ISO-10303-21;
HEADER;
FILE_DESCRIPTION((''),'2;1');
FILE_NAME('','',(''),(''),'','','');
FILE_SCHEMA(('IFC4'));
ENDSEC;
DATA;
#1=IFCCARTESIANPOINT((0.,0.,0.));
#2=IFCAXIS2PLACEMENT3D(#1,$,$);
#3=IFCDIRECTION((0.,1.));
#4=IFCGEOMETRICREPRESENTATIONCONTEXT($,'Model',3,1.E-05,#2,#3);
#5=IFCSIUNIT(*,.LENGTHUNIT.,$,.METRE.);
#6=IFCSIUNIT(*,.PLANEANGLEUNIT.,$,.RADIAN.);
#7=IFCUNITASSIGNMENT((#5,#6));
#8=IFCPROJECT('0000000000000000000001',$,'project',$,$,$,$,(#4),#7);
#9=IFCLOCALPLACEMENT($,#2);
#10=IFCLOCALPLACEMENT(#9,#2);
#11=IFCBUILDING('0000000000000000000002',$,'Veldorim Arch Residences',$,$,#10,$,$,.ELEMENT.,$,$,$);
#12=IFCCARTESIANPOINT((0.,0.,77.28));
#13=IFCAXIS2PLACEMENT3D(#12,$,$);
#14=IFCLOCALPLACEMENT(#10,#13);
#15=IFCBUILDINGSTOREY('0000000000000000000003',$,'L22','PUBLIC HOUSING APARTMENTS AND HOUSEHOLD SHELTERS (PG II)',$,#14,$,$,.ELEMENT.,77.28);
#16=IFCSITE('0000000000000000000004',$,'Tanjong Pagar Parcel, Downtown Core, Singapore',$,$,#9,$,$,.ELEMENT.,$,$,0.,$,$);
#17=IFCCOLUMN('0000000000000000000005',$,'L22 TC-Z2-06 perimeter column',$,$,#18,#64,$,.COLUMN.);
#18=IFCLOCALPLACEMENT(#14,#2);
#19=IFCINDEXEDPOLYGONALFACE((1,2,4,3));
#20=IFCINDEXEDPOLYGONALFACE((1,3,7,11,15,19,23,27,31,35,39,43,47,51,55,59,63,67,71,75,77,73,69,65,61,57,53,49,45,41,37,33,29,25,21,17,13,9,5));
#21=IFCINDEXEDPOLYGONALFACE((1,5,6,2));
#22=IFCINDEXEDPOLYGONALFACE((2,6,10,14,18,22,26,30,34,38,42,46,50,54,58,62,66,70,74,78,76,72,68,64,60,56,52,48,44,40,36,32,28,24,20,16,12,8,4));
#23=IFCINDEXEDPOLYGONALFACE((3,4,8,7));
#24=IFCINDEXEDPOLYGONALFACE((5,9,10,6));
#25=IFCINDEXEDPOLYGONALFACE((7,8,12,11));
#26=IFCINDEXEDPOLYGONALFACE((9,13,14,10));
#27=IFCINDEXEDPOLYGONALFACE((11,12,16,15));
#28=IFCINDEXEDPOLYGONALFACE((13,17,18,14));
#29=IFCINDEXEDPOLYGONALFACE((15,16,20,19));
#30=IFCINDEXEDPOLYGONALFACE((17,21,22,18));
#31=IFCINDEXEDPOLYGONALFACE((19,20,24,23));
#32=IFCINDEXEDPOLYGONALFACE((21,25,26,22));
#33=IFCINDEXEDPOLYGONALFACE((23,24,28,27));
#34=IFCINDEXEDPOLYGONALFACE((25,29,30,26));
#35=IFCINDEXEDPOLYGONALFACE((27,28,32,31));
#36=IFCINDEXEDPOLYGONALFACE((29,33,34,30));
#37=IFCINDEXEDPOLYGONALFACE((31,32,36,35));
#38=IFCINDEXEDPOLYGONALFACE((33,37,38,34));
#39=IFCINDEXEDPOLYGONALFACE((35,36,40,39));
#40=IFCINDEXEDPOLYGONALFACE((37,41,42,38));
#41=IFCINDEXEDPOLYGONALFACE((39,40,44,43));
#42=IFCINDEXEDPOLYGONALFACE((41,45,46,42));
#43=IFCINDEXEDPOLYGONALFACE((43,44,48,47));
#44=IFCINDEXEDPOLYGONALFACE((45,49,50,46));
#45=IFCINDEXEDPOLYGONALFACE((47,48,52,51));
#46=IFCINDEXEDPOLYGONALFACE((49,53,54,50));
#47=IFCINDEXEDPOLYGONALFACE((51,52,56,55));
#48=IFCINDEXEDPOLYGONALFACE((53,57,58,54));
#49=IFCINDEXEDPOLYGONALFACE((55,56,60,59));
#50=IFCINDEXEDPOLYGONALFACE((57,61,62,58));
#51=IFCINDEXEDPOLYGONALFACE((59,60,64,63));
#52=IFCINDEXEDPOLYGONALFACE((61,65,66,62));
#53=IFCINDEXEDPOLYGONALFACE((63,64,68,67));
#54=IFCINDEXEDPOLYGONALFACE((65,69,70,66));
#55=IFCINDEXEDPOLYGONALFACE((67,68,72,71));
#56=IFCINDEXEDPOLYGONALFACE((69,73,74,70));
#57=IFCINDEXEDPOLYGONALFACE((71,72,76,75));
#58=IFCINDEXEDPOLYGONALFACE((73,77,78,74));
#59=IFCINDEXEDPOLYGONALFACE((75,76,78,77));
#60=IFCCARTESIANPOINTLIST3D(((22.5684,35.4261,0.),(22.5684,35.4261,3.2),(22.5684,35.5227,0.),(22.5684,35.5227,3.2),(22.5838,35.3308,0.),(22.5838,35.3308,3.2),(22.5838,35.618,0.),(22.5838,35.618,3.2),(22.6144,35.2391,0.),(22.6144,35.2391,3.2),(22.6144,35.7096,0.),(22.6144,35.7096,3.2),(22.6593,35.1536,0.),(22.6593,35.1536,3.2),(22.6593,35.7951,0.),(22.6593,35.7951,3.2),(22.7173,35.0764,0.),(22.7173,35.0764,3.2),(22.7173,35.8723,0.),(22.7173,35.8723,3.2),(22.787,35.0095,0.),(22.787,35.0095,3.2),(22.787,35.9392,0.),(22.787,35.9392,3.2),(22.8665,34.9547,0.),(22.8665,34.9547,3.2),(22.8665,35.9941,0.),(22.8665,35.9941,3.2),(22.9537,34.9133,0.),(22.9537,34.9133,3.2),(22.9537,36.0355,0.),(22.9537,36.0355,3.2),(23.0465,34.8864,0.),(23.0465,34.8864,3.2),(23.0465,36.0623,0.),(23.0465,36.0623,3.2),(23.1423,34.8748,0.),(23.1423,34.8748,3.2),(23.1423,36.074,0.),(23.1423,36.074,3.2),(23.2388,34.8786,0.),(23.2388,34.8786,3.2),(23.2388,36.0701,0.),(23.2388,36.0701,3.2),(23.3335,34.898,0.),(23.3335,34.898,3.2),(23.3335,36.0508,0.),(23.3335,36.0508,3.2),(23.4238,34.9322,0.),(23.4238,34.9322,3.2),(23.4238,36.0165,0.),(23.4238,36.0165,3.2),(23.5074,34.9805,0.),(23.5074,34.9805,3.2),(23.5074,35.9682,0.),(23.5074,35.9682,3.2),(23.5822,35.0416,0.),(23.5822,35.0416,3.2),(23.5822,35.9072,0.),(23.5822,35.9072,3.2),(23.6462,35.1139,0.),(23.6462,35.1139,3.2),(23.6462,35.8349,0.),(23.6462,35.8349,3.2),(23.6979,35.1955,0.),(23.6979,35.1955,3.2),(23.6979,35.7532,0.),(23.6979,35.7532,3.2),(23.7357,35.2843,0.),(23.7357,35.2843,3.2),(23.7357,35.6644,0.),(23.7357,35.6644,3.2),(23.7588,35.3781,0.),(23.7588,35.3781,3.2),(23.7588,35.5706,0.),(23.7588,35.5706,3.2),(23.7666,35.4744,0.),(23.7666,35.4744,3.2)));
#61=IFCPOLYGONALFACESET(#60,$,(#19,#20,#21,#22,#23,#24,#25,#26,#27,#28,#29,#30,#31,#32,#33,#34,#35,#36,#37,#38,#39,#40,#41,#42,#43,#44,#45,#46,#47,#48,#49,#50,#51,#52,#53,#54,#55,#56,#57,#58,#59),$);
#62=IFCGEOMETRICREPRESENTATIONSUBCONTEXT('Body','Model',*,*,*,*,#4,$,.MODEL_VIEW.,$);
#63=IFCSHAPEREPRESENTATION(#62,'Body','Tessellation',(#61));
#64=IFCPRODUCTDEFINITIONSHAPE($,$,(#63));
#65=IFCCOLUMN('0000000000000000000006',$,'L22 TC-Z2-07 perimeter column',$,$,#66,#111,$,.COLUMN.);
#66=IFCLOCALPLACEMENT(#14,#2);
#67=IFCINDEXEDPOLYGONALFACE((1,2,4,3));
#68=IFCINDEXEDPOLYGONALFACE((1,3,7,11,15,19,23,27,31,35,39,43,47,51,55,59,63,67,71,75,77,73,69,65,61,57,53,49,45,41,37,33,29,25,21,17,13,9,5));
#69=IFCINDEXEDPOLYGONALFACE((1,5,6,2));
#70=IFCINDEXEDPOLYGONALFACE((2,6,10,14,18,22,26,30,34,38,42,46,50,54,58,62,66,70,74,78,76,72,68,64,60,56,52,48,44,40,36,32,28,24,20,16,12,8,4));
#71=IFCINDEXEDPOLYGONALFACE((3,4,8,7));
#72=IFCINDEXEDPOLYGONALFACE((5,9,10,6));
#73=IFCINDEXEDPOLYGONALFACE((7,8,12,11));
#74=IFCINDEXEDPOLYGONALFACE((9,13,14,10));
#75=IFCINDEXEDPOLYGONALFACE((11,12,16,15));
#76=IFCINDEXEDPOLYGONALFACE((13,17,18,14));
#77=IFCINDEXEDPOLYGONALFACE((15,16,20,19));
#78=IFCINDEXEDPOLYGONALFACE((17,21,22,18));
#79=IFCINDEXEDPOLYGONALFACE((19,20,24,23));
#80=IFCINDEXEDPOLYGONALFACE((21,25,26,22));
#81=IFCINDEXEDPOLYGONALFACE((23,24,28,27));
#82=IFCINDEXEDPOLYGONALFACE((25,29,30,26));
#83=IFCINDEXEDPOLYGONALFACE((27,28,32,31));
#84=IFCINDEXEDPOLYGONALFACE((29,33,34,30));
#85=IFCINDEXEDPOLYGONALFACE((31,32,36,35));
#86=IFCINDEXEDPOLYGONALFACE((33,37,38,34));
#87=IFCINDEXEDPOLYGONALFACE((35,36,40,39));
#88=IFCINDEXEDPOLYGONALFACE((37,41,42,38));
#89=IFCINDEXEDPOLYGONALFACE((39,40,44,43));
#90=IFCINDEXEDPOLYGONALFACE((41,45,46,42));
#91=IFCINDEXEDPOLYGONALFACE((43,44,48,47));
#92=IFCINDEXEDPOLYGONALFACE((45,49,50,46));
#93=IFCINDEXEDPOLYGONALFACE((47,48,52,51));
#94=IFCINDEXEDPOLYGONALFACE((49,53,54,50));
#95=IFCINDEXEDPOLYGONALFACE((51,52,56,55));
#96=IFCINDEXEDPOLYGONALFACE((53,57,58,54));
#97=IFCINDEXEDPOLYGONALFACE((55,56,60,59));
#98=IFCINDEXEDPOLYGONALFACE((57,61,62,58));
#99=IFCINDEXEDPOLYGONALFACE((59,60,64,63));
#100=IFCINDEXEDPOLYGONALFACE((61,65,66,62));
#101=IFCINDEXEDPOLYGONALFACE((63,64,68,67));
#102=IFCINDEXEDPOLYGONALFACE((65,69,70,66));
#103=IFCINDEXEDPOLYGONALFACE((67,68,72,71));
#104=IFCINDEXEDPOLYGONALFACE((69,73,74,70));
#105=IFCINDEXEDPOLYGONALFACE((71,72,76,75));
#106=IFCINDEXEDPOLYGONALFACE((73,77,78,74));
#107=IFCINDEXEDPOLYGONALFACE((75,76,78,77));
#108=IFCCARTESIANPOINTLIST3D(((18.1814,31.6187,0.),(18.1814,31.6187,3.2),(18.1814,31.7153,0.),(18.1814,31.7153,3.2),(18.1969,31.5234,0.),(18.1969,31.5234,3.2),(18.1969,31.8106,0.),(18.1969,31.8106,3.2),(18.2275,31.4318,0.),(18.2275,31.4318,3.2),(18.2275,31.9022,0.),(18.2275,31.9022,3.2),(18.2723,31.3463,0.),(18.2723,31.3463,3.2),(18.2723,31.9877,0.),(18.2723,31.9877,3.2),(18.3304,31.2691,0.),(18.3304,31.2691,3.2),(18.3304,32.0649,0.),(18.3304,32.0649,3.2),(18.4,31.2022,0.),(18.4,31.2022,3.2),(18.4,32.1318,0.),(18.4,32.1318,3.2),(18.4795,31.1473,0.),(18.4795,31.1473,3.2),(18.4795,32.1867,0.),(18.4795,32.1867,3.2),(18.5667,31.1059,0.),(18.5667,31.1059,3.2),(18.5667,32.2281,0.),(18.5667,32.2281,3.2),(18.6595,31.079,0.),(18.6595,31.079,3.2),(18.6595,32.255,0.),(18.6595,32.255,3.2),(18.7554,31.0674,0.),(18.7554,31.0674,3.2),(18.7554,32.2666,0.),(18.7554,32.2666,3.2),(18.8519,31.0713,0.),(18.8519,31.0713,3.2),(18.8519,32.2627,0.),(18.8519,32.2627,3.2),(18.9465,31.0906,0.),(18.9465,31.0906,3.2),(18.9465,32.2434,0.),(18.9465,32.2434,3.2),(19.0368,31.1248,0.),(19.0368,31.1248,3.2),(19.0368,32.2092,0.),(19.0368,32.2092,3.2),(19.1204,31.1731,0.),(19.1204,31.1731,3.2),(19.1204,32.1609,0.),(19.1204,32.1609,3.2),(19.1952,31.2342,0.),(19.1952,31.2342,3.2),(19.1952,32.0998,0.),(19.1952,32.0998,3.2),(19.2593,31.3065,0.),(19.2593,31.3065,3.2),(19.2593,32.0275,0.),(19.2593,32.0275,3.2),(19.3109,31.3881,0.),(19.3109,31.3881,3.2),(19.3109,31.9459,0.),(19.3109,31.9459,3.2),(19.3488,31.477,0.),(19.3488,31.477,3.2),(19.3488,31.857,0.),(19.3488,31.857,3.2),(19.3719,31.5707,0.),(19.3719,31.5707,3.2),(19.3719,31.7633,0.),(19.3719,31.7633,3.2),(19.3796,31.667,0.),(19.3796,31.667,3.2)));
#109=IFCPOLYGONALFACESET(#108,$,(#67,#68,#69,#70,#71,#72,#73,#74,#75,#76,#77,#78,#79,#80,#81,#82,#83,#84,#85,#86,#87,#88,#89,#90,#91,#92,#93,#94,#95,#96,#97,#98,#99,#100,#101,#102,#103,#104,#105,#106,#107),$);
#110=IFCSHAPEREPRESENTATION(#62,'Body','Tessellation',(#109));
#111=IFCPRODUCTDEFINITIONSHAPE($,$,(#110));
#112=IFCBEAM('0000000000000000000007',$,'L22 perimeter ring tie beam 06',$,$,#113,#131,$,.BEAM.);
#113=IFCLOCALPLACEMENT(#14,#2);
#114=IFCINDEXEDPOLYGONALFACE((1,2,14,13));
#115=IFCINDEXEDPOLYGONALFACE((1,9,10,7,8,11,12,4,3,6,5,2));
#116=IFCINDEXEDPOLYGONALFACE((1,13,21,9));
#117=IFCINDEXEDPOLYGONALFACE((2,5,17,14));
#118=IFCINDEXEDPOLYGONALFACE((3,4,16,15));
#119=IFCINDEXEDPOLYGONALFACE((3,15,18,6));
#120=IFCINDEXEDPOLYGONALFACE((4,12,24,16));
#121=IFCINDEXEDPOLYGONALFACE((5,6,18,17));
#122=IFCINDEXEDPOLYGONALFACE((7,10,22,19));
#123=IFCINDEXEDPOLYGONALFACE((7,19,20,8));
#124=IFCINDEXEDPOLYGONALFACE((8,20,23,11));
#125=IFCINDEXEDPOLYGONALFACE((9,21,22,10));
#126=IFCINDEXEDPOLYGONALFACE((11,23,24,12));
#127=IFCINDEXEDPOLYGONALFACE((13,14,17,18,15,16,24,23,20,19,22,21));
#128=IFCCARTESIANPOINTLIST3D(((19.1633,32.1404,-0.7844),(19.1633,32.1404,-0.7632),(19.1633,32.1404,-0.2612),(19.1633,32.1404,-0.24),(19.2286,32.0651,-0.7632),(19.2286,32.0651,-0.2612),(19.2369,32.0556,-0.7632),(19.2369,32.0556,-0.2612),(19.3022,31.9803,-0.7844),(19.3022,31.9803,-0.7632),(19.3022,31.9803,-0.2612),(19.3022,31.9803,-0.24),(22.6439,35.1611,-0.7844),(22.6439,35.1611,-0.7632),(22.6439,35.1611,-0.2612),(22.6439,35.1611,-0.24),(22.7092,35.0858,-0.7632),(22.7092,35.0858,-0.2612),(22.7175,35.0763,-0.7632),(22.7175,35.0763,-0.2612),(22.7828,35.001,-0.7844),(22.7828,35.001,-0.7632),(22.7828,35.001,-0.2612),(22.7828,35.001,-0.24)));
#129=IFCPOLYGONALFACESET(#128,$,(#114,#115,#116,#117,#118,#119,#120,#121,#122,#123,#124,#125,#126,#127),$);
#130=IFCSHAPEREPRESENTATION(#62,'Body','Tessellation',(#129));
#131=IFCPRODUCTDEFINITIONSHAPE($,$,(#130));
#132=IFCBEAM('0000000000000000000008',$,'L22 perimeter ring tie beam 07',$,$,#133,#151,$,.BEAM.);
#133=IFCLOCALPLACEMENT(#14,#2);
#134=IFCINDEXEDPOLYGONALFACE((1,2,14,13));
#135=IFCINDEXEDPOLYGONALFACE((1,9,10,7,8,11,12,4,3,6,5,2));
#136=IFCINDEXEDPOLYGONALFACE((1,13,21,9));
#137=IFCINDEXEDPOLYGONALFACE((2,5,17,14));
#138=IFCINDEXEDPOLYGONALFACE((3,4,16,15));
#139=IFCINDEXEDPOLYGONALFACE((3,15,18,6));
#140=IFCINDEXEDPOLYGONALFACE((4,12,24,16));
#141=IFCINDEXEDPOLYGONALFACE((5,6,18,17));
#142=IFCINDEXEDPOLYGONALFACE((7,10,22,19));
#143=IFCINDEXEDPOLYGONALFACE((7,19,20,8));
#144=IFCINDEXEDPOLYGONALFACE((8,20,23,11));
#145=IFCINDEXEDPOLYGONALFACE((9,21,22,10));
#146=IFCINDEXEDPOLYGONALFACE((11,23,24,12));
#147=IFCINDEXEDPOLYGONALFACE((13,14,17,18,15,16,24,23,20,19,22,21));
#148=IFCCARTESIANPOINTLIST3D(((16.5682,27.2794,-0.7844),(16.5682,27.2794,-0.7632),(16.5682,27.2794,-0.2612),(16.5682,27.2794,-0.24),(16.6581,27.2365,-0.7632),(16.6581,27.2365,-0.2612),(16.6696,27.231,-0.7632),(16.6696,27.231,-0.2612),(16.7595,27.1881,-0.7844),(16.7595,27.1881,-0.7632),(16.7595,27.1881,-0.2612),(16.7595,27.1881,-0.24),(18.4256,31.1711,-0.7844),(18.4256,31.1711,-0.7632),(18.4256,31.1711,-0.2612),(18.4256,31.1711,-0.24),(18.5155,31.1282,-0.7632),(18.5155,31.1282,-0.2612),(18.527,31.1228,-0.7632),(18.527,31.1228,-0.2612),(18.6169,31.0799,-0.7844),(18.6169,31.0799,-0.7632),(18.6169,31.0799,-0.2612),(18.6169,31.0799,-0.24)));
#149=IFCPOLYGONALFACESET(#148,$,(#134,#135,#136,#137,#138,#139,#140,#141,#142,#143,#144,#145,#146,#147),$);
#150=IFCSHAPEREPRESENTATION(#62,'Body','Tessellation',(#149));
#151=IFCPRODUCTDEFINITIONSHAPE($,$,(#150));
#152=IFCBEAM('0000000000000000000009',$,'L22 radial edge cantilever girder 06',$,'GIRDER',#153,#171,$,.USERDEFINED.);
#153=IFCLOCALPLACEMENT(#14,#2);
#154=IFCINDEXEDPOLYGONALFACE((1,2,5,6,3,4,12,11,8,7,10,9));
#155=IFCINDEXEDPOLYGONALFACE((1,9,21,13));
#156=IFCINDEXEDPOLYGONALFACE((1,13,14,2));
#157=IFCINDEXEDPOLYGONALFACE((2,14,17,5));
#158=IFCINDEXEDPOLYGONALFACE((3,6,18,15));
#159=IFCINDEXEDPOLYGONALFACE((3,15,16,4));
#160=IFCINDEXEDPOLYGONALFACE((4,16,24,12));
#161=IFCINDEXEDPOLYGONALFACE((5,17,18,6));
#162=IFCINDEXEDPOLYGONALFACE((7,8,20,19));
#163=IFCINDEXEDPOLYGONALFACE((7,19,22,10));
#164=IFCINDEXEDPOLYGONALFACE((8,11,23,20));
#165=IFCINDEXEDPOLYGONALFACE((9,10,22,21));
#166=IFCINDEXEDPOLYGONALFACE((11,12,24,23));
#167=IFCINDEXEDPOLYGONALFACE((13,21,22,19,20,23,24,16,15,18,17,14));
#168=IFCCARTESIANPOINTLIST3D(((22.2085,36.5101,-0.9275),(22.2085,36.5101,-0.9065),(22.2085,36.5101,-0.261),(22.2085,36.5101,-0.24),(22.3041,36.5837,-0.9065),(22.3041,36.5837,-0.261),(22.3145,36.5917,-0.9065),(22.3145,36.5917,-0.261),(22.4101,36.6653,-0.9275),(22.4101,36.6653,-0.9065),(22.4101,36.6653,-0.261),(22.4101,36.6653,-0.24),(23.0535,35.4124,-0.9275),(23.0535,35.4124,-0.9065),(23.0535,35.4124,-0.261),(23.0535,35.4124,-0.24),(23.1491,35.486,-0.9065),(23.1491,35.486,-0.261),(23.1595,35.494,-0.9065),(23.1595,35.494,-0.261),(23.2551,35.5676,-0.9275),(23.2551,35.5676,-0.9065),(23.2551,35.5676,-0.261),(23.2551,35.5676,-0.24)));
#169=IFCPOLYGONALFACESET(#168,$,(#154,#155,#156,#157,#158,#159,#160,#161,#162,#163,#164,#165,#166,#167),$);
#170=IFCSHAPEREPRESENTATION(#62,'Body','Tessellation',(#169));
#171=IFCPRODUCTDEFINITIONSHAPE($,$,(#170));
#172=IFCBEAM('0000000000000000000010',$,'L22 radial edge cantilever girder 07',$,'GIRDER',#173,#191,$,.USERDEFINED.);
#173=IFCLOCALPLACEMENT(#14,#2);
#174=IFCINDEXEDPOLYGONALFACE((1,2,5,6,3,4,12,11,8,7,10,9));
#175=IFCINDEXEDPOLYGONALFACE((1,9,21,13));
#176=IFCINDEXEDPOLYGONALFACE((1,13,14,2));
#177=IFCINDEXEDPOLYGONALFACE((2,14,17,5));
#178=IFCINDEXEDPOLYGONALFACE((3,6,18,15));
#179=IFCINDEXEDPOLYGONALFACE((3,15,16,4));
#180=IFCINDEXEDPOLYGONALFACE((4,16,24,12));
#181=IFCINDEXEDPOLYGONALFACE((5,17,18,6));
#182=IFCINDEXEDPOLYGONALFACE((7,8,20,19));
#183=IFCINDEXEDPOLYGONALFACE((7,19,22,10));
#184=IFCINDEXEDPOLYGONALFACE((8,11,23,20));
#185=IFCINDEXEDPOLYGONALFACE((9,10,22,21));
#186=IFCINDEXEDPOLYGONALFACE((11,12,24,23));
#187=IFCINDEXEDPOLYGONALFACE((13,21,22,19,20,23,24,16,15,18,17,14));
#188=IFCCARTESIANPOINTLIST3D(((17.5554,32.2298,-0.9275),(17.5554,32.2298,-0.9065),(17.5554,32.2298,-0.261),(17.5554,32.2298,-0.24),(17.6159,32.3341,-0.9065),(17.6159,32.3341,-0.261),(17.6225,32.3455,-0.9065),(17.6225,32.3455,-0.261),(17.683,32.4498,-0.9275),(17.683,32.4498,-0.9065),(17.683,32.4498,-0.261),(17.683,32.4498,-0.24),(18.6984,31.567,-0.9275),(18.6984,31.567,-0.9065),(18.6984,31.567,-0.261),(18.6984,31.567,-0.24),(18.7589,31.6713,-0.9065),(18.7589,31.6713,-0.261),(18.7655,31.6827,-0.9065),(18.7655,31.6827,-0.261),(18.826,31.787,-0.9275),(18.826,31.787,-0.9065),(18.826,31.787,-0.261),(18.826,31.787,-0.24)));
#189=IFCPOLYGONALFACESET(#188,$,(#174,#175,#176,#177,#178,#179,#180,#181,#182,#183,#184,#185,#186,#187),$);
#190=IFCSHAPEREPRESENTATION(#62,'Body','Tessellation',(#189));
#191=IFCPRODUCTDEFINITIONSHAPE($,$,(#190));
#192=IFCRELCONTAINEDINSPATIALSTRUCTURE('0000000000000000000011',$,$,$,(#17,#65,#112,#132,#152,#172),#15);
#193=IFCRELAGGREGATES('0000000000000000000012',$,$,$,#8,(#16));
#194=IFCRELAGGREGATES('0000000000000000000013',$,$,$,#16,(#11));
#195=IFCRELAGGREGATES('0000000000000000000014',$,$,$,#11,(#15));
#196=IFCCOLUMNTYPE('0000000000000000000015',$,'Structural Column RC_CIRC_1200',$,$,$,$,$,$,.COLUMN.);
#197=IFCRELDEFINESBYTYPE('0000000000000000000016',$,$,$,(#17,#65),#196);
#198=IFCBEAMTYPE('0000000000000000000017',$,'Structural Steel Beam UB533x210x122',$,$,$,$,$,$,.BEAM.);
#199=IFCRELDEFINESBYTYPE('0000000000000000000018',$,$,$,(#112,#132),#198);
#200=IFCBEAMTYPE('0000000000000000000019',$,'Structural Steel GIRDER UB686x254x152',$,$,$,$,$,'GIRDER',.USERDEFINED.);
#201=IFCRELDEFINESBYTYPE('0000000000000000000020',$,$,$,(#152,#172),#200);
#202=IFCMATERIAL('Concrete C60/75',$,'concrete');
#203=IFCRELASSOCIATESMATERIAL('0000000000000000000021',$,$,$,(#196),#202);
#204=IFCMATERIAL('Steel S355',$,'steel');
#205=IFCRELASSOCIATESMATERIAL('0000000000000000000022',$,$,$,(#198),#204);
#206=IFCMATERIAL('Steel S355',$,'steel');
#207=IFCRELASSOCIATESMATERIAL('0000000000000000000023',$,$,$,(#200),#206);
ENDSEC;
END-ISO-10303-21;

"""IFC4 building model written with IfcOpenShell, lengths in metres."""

from ifc_helpers import new_model, si_unit, direction, frame, origin, origin_2d, place, context, subcontext, project, spatial, circle, i_section, extrude, material, material_profile, profile_set, type_object, element, save


model = new_model("IFC4")

# Units and contexts
model_context = context("Model", 3, precision=1e-05, world=origin(), true_north=direction((0.0, 1.0)))
body_context = subcontext(model_context, "Body", "Model", "MODEL_VIEW")
ifc_project = project(units=[si_unit("LENGTHUNIT", "METRE"), si_unit("PLANEANGLEUNIT", "RADIAN")], contexts=[model_context])

# Site, building, storey
site_placement = place(None, origin())
site = spatial("IfcSite", under=ifc_project, at=site_placement, Name="Tanjong Pagar Parcel, Downtown Core, Singapore", CompositionType="ELEMENT", RefElevation=0.0)
building_placement = place(site_placement, origin())
building = spatial("IfcBuilding", under=site, at=building_placement, Name="Veldorim Arch Residences", CompositionType="ELEMENT")
storey_placement = place(building_placement, frame((0.0, 0.0, 77.28)))
storey = spatial("IfcBuildingStorey", under=building, at=storey_placement, Name="L22", Description="PUBLIC HOUSING APARTMENTS AND HOUSEHOLD SHELTERS (PG II)", CompositionType="ELEMENT", Elevation=77.28)

# Columns
ifc_material_1 = material(Name="Concrete C60/75", Category="concrete")
ifc_material_profile_1 = material_profile(ifc_material_1, circle(Radius=0.6001, at=origin_2d()), Name="RC_CIRC_1200")
ifc_profile_set_1 = profile_set([ifc_material_profile_1], Name="Concrete C60/75")
column_type = type_object("IfcColumnType", Name="Structural Column RC_CIRC_1200", PredefinedType="COLUMN", material=ifc_profile_set_1)
for number, where, z_axis, x_axis, name in (
    (1, (23.1665, 35.4744, 0.0), (0.0, 0.0, 1.0), (1.0, 0.0, 0.0), "L22 TC-Z2-06 perimeter column"),
    (2, (18.7795, 31.667, 0.0), (0.0, 0.0, 1.0), (1.0, 0.0, 0.0), "L22 TC-Z2-07 perimeter column"),
):
    element("IfcColumn", number, at=place(storey_placement, frame(where, z_axis=z_axis, x_axis=x_axis)), inside=storey, type_object=column_type, Name=name, PredefinedType="COLUMN", context=body_context, shape_type="SweptSolid", body=[
        extrude(circle(Radius=0.6001, at=origin_2d()), origin(), (0.0, 0.0, 1.0), 3.2),
    ])

# Beams
ifc_material_2 = material(Name="Steel S355", Category="steel")
ifc_material_profile_2 = material_profile(ifc_material_2, i_section(OverallWidth=0.2119, OverallDepth=0.5444, WebThickness=0.0127, FlangeThickness=0.0212, at=origin_2d()), Name="UB533x210x122")
ifc_profile_set_2 = profile_set([ifc_material_profile_2], Name="Steel S355")
beam_type_1 = type_object("IfcBeamType", Name="Structural Steel Beam UB533x210x122", PredefinedType="BEAM", material=ifc_profile_set_2)
beam_1_placement = place(storey_placement, frame((22.7134, 35.0811, -0.5122), z_axis=(-0.755245, -0.655443, 0.0), x_axis=(0.655443, -0.755245, 0.0)))
element("IfcBeam", 3, at=beam_1_placement, inside=storey, type_object=beam_type_1, Name="L22 perimeter ring tie beam 06", PredefinedType="BEAM", context=body_context, shape_type="SweptSolid", body=[
    extrude(i_section(OverallWidth=0.2119, OverallDepth=0.5444, WebThickness=0.0127, FlangeThickness=0.0212, at=origin_2d()), origin(), (0.0, 0.0, 1.0), 4.6086),
])
beam_2_placement = place(storey_placement, frame((18.5212, 31.1255, -0.5122), z_axis=(-0.43072, -0.902486, 0.0), x_axis=(0.902486, -0.43072, 0.0)))
element("IfcBeam", 4, at=beam_2_placement, inside=storey, type_object=beam_type_1, Name="L22 perimeter ring tie beam 07", PredefinedType="BEAM", context=body_context, shape_type="SweptSolid", body=[
    extrude(i_section(OverallWidth=0.2119, OverallDepth=0.5444, WebThickness=0.0127, FlangeThickness=0.0212, at=origin_2d()), origin(), (0.0, 0.0, 1.0), 4.3123),
])
ifc_material_3 = material(Name="Steel S355", Category="steel")
ifc_material_profile_3 = material_profile(ifc_material_3, i_section(OverallWidth=0.2544, OverallDepth=0.6875, WebThickness=0.0132, FlangeThickness=0.021, at=origin_2d()), Name="UB686x254x152")
ifc_profile_set_3 = profile_set([ifc_material_profile_3], Name="Steel S355")
beam_type_2 = type_object("IfcBeamType", Name="Structural Steel GIRDER UB686x254x152", ElementType="GIRDER", PredefinedType="USERDEFINED", material=ifc_profile_set_3)
beam_3_placement = place(storey_placement, frame((23.1543, 35.49, -0.5837), z_axis=(-0.609992, 0.792408, 0.0), x_axis=(-0.792408, -0.609992, 0.0)))
element("IfcBeam", 5, at=beam_3_placement, inside=storey, type_object=beam_type_2, Name="L22 radial edge cantilever girder 06", ObjectType="GIRDER", PredefinedType="USERDEFINED", context=body_context, shape_type="SweptSolid", body=[
    extrude(i_section(OverallWidth=0.2544, OverallDepth=0.6875, WebThickness=0.0132, FlangeThickness=0.021, at=origin_2d()), origin(), (0.0, 0.0, 1.0), 1.3853),
])
beam_4_placement = place(storey_placement, frame((18.7622, 31.677, -0.5837), z_axis=(-0.865076, 0.501641, 0.0), x_axis=(-0.501641, -0.865076, 0.0)))
element("IfcBeam", 6, at=beam_4_placement, inside=storey, type_object=beam_type_2, Name="L22 radial edge cantilever girder 07", ObjectType="GIRDER", PredefinedType="USERDEFINED", context=body_context, shape_type="SweptSolid", body=[
    extrude(i_section(OverallWidth=0.2544, OverallDepth=0.6875, WebThickness=0.0132, FlangeThickness=0.021, at=origin_2d()), origin(), (0.0, 0.0, 1.0), 1.3213),
])

save(model, "model.ifc")
